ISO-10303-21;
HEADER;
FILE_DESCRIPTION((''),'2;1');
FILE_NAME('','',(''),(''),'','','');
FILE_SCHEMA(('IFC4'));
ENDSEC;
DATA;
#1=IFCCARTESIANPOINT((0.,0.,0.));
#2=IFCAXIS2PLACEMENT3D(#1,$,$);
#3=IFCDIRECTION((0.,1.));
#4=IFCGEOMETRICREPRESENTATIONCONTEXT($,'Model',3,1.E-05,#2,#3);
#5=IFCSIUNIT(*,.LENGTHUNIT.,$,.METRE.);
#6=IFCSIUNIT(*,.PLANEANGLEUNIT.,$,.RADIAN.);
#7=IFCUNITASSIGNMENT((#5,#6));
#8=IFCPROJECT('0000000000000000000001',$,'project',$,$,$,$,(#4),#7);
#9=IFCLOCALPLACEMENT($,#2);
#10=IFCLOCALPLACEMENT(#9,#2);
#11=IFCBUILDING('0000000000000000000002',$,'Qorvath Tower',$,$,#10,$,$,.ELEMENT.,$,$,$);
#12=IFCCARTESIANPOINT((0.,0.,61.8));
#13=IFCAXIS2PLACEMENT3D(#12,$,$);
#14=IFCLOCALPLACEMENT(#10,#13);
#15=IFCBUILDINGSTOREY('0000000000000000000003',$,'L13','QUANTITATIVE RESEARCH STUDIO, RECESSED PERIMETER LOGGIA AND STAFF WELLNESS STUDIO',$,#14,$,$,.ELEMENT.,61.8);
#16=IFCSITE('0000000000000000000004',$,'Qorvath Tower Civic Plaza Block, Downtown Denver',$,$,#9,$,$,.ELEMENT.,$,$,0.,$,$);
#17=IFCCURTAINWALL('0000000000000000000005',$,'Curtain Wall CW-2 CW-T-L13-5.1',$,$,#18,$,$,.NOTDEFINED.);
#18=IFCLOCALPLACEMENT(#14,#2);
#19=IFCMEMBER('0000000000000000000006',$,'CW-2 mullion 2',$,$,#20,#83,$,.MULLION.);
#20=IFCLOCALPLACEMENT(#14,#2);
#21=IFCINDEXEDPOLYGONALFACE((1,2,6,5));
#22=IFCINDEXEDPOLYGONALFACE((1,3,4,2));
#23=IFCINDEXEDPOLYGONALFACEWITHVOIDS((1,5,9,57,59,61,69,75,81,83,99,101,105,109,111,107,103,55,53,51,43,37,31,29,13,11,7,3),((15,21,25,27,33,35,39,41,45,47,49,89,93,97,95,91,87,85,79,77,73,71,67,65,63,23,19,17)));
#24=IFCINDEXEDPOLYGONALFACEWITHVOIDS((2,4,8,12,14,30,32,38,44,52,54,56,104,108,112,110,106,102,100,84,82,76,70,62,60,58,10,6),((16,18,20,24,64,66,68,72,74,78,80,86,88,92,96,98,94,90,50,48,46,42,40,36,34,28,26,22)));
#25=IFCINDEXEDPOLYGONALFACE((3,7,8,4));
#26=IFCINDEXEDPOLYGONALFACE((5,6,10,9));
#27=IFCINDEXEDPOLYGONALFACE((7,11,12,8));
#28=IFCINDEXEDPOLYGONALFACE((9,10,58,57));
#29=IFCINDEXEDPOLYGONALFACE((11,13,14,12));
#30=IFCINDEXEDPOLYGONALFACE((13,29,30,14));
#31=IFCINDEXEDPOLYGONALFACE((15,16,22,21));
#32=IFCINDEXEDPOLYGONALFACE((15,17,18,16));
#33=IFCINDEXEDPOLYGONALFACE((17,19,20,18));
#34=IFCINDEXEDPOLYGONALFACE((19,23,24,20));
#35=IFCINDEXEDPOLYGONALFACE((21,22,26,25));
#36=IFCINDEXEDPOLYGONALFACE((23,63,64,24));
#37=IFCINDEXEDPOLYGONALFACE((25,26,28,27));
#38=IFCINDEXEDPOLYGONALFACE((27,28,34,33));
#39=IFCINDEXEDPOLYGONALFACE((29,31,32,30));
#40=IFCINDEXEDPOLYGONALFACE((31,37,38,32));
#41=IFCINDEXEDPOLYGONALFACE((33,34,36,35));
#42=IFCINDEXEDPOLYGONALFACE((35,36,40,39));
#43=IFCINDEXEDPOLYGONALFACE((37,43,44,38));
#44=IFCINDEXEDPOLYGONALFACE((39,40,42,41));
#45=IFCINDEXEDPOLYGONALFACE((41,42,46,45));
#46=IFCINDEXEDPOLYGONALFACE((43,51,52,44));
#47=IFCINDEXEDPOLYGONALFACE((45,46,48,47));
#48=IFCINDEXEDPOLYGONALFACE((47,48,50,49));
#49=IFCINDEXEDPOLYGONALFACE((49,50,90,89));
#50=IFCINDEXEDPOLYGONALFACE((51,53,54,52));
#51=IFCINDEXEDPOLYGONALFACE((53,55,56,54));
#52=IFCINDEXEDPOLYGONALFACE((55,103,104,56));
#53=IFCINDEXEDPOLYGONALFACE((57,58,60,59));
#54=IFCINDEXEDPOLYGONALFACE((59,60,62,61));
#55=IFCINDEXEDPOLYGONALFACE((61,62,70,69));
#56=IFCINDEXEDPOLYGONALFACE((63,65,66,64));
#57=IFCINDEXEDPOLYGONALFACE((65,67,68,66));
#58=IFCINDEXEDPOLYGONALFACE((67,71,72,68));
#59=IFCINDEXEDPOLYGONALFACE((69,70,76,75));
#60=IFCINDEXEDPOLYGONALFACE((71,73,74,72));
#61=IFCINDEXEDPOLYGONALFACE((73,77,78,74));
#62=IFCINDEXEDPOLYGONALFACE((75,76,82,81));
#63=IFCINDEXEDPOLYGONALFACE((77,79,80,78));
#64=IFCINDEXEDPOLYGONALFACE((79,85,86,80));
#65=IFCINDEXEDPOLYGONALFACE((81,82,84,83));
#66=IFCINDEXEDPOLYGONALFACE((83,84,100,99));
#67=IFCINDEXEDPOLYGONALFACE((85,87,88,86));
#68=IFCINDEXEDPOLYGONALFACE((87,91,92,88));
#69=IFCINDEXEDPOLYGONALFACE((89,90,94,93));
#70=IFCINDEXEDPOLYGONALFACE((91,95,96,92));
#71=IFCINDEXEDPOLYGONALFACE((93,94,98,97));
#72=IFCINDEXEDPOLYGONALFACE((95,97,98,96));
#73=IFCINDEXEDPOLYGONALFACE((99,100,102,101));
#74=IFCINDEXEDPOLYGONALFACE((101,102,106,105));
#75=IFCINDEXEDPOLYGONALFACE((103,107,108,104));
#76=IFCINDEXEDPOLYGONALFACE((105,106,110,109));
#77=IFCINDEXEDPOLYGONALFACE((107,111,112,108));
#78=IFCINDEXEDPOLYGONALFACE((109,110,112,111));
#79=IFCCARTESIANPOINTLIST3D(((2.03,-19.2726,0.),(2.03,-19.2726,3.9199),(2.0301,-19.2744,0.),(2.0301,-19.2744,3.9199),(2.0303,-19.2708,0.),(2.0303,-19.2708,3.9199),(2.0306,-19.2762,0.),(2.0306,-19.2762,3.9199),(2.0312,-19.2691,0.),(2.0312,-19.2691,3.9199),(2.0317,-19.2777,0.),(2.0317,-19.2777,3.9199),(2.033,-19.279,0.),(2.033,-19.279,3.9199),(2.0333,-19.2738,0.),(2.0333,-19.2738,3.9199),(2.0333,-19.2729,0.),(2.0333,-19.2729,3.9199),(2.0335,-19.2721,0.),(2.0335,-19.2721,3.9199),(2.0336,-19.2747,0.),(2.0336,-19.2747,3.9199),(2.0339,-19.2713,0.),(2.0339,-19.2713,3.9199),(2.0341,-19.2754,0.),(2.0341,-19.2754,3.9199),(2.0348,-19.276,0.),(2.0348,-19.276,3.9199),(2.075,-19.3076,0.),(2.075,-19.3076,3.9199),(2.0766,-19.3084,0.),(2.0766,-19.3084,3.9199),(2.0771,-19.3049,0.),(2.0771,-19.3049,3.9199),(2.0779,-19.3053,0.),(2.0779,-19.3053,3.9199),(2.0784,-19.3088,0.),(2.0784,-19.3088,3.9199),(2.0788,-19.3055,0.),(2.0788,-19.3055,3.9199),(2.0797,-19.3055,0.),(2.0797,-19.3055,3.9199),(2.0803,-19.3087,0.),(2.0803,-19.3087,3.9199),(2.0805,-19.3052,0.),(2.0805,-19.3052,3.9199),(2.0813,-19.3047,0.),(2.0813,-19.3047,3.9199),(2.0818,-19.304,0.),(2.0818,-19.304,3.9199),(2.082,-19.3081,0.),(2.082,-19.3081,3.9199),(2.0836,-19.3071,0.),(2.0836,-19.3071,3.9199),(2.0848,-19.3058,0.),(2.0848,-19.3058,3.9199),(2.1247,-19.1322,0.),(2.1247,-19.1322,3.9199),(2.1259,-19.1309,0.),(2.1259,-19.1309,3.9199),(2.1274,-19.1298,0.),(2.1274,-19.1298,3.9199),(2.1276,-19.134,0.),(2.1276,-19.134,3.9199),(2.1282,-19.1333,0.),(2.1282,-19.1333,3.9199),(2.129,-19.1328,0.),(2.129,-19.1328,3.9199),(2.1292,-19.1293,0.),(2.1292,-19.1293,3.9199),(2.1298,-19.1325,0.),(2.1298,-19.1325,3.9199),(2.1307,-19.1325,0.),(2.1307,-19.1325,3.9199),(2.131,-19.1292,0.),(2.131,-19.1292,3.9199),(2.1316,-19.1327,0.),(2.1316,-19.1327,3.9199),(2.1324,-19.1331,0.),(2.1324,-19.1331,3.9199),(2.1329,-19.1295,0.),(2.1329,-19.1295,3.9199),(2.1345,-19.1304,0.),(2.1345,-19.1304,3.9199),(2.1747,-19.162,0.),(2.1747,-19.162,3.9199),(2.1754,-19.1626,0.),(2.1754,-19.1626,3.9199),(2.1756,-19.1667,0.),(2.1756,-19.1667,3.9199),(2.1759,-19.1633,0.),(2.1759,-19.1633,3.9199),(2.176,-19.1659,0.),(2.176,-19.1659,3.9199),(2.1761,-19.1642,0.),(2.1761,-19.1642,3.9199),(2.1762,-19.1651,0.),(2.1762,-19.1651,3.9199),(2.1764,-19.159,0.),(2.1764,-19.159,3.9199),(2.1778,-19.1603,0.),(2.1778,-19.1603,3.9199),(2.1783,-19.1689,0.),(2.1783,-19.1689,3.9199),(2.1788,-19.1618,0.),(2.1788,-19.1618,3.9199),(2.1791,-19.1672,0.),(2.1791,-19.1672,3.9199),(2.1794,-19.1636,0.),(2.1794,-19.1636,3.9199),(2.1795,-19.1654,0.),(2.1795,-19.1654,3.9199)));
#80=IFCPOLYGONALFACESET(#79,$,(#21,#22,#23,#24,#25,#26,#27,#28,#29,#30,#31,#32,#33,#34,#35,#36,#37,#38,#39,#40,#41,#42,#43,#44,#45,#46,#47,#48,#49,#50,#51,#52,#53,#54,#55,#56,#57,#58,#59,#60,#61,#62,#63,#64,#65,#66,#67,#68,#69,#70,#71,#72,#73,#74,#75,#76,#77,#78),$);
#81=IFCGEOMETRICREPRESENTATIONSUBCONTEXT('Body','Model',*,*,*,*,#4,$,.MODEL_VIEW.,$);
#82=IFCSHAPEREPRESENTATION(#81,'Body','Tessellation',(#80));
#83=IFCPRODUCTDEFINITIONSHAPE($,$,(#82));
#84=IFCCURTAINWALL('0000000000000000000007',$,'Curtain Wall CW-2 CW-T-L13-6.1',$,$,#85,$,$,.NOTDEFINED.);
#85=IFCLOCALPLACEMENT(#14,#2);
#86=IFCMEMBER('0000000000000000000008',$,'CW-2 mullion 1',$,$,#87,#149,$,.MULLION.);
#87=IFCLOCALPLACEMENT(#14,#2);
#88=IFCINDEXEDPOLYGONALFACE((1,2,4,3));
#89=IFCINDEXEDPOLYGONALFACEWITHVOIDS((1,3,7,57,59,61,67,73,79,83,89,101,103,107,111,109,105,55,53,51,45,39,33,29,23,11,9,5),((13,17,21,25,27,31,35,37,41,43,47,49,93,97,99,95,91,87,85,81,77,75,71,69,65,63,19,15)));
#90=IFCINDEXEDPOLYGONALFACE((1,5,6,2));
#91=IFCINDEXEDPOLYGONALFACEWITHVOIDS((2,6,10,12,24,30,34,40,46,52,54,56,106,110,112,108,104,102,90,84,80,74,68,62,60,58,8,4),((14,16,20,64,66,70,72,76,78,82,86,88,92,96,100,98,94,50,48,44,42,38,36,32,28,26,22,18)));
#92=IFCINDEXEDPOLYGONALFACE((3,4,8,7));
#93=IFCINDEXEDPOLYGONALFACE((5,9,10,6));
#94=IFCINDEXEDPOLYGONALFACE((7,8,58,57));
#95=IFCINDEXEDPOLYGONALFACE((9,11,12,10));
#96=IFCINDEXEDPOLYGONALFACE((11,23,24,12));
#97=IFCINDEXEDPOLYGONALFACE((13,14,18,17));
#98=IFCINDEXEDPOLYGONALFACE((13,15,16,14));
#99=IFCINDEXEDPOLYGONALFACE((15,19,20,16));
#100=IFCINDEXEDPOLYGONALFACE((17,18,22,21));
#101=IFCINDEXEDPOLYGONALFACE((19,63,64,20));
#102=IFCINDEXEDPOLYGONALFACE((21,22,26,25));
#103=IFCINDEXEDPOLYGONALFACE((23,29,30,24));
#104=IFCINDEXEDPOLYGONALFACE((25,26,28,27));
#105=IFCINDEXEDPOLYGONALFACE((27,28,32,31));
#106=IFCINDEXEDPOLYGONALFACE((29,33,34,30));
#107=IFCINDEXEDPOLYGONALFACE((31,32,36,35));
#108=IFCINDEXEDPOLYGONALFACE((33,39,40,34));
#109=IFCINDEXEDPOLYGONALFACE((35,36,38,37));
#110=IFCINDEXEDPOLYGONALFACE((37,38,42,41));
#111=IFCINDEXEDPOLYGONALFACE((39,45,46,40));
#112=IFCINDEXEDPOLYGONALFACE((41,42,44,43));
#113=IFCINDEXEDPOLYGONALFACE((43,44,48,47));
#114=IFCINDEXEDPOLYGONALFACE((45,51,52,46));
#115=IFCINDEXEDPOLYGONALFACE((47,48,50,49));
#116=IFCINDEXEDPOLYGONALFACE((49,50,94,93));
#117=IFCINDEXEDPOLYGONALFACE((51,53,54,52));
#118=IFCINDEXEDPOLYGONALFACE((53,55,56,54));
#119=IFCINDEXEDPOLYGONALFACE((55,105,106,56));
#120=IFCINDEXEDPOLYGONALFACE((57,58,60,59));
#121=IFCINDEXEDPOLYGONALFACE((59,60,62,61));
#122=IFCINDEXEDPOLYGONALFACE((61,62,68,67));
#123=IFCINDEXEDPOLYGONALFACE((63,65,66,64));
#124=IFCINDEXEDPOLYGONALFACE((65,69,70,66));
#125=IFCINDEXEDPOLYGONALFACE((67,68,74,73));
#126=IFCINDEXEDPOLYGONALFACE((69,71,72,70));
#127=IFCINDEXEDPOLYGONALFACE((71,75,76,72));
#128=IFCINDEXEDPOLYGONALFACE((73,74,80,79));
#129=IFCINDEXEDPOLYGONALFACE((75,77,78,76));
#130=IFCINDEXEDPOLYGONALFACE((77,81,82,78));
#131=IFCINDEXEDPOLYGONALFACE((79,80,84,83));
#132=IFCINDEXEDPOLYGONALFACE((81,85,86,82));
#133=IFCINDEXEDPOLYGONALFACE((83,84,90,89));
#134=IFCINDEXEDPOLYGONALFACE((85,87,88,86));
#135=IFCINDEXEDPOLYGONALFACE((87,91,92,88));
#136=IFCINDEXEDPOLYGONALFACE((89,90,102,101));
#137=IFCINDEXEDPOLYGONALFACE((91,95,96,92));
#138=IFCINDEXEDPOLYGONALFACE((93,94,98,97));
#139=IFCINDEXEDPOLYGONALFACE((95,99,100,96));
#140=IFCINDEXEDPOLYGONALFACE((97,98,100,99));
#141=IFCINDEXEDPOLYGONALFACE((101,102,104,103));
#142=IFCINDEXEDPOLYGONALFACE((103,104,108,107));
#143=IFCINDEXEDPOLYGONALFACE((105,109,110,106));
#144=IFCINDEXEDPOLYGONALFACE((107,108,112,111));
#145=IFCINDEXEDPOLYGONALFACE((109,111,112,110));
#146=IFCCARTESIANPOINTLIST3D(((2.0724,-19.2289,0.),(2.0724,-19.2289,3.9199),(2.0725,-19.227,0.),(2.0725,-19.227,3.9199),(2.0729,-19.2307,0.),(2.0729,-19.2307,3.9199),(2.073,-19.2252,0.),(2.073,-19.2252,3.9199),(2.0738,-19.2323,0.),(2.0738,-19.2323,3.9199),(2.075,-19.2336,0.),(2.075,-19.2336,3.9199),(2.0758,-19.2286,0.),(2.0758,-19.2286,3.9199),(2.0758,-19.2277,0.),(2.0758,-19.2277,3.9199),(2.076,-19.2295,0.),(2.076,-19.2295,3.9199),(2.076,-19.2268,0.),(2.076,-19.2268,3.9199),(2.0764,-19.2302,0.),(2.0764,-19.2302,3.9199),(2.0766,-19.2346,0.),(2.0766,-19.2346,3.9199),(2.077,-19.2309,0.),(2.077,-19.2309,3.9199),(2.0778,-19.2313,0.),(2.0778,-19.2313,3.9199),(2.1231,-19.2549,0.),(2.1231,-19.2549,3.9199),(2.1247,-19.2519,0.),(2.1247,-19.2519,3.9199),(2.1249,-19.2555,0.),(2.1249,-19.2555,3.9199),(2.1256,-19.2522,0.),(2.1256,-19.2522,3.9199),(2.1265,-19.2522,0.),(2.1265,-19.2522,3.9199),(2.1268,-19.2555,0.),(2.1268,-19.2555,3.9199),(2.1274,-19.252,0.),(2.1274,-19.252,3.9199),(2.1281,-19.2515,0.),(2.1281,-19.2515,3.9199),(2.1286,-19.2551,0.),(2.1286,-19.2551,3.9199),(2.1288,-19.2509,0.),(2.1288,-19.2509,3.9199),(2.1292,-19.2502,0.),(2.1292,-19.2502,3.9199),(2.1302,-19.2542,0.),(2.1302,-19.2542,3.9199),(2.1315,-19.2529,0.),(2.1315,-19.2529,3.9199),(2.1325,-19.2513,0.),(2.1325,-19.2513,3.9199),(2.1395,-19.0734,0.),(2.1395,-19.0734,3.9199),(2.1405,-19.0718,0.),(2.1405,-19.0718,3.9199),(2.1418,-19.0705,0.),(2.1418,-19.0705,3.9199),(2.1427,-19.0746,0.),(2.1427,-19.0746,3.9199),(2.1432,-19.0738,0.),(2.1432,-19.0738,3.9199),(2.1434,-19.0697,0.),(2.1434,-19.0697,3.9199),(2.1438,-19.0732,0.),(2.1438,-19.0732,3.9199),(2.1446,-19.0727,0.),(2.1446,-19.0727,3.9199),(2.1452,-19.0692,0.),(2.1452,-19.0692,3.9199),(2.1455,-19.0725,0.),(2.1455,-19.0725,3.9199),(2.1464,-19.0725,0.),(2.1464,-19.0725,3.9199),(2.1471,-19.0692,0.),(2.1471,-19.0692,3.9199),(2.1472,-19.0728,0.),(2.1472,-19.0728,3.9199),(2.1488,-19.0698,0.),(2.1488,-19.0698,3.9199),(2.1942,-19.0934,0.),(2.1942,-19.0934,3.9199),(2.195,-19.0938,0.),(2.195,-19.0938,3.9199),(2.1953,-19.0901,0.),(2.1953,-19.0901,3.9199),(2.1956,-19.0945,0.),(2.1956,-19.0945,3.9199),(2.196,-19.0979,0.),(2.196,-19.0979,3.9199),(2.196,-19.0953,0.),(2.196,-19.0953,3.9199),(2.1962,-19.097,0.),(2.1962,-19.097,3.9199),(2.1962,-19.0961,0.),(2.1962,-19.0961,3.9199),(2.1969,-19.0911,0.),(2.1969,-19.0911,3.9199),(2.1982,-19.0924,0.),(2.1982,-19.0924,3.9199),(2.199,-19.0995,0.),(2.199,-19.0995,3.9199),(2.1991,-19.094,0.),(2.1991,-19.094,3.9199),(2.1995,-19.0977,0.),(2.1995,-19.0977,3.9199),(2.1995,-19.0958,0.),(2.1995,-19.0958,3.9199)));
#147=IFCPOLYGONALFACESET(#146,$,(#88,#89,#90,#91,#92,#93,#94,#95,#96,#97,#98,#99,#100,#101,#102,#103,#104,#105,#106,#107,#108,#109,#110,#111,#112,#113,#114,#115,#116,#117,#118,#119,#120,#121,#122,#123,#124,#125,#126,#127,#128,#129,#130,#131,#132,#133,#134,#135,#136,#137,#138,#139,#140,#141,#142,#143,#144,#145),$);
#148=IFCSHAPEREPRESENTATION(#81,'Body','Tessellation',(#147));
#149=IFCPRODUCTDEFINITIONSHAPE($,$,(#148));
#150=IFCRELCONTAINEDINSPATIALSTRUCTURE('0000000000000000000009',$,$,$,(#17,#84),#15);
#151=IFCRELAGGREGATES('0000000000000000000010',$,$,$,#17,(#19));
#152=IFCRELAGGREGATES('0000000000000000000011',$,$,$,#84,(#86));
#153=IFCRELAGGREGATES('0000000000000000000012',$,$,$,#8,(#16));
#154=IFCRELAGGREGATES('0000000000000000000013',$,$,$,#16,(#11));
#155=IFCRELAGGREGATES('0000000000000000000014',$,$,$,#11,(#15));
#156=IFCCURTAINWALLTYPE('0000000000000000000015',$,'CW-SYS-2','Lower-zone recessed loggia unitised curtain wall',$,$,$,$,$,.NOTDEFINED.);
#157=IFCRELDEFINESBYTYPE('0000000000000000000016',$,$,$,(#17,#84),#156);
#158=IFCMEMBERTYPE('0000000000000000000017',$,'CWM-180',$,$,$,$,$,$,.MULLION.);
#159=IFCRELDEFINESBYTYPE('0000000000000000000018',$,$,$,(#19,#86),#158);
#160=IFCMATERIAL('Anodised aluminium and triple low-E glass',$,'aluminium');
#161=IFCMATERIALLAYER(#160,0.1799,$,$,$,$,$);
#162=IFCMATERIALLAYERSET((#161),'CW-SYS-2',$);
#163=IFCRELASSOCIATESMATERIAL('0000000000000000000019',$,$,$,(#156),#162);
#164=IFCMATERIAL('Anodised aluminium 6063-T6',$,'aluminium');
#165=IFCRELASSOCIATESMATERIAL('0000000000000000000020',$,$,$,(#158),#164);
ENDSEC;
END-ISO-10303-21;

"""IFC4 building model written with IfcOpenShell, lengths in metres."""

from ifc_helpers import new_model, si_unit, direction, frame, origin, origin_2d, place, context, subcontext, project, spatial, hollow_rectangle, extrude, material, layer, layer_set, material_profile, profile_set, type_object, element, aggregate, save


model = new_model("IFC4")

# Units and contexts
model_context = context("Model", 3, precision=1e-05, world=origin(), true_north=direction((0.0, 1.0)))
body_context = subcontext(model_context, "Body", "Model", "MODEL_VIEW")
ifc_project = project(units=[si_unit("LENGTHUNIT", "METRE"), si_unit("PLANEANGLEUNIT", "RADIAN")], contexts=[model_context])

# Site, building, storey
site_placement = place(None, origin())
site = spatial("IfcSite", under=ifc_project, at=site_placement, Name="Qorvath Tower Civic Plaza Block, Downtown Denver", CompositionType="ELEMENT", RefElevation=0.0)
building_placement = place(site_placement, origin())
building = spatial("IfcBuilding", under=site, at=building_placement, Name="Qorvath Tower", CompositionType="ELEMENT")
storey_placement = place(building_placement, frame((0.0, 0.0, 61.8)))
storey = spatial("IfcBuildingStorey", under=building, at=storey_placement, Name="L13", Description="QUANTITATIVE RESEARCH STUDIO, RECESSED PERIMETER LOGGIA AND STAFF WELLNESS STUDIO", CompositionType="ELEMENT", Elevation=61.8)

# Shared definitions
ifc_material_1 = material(Name="Anodised aluminium and triple low-E glass", Category="aluminium")
ifc_layer_1 = layer(ifc_material_1, 0.1799)
ifc_layer_set_1 = layer_set([ifc_layer_1], Name="CW-SYS-2")
curtain_wall_type = type_object("IfcCurtainWallType", Name="CW-SYS-2", Description="Lower-zone recessed loggia unitised curtain wall", PredefinedType="NOTDEFINED", material=ifc_layer_set_1)
ifc_material_2 = material(Name="Anodised aluminium 6063-T6", Category="aluminium")
ifc_material_profile_1 = material_profile(ifc_material_2, hollow_rectangle(XDim=0.0649, YDim=0.1799, WallThickness=0.0034, InnerFilletRadius=0.0034, OuterFilletRadius=0.0071, at=origin_2d()), Name="CWM 180x65")
ifc_profile_set_1 = profile_set([ifc_material_profile_1], Name="Anodised aluminium 6063-T6")
member_type_1 = type_object("IfcMemberType", Name="CWM-180", PredefinedType="MULLION", material=ifc_profile_set_1)

# Curtain walls, members
curtain_wall_1_placement = place(storey_placement, origin())
curtain_wall_1 = element("IfcCurtainWall", 1, at=curtain_wall_1_placement, inside=storey, type_object=curtain_wall_type, Name="Curtain Wall CW-2 CW-T-L13-5.1", PredefinedType="NOTDEFINED")
member_1_placement = place(storey_placement, frame((2.1047, -19.219, 0.0), z_axis=(0.0, 0.0, 1.0), x_axis=(-0.825809, 0.56395, 0.0)))
member_1 = element("IfcMember", 2, at=member_1_placement, type_object=member_type_1, Name="CW-2 mullion 2", PredefinedType="MULLION", context=body_context, shape_type="SweptSolid", body=[
    extrude(hollow_rectangle(XDim=0.0649, YDim=0.1799, WallThickness=0.0034, InnerFilletRadius=0.0034, OuterFilletRadius=0.0071, at=origin_2d()), origin(), (0.0, 0.0, 1.0), 3.9199),
])
curtain_wall_2_placement = place(storey_placement, origin())
curtain_wall_2 = element("IfcCurtainWall", 3, at=curtain_wall_2_placement, inside=storey, type_object=curtain_wall_type, Name="Curtain Wall CW-2 CW-T-L13-6.1", PredefinedType="NOTDEFINED")
member_2_placement = place(storey_placement, frame((2.136, -19.1624, 0.0), z_axis=(0.0, 0.0, 1.0), x_axis=(-0.915963, 0.401263, 0.0)))
member_2 = element("IfcMember", 4, at=member_2_placement, type_object=member_type_1, Name="CW-2 mullion 1", PredefinedType="MULLION", context=body_context, shape_type="SweptSolid", body=[
    extrude(hollow_rectangle(XDim=0.0649, YDim=0.1799, WallThickness=0.0034, InnerFilletRadius=0.0034, OuterFilletRadius=0.0071, at=origin_2d()), origin(), (0.0, 0.0, 1.0), 3.9199),
])

aggregate(curtain_wall_1, [member_1])
aggregate(curtain_wall_2, [member_2])

save(model, "model.ifc")
